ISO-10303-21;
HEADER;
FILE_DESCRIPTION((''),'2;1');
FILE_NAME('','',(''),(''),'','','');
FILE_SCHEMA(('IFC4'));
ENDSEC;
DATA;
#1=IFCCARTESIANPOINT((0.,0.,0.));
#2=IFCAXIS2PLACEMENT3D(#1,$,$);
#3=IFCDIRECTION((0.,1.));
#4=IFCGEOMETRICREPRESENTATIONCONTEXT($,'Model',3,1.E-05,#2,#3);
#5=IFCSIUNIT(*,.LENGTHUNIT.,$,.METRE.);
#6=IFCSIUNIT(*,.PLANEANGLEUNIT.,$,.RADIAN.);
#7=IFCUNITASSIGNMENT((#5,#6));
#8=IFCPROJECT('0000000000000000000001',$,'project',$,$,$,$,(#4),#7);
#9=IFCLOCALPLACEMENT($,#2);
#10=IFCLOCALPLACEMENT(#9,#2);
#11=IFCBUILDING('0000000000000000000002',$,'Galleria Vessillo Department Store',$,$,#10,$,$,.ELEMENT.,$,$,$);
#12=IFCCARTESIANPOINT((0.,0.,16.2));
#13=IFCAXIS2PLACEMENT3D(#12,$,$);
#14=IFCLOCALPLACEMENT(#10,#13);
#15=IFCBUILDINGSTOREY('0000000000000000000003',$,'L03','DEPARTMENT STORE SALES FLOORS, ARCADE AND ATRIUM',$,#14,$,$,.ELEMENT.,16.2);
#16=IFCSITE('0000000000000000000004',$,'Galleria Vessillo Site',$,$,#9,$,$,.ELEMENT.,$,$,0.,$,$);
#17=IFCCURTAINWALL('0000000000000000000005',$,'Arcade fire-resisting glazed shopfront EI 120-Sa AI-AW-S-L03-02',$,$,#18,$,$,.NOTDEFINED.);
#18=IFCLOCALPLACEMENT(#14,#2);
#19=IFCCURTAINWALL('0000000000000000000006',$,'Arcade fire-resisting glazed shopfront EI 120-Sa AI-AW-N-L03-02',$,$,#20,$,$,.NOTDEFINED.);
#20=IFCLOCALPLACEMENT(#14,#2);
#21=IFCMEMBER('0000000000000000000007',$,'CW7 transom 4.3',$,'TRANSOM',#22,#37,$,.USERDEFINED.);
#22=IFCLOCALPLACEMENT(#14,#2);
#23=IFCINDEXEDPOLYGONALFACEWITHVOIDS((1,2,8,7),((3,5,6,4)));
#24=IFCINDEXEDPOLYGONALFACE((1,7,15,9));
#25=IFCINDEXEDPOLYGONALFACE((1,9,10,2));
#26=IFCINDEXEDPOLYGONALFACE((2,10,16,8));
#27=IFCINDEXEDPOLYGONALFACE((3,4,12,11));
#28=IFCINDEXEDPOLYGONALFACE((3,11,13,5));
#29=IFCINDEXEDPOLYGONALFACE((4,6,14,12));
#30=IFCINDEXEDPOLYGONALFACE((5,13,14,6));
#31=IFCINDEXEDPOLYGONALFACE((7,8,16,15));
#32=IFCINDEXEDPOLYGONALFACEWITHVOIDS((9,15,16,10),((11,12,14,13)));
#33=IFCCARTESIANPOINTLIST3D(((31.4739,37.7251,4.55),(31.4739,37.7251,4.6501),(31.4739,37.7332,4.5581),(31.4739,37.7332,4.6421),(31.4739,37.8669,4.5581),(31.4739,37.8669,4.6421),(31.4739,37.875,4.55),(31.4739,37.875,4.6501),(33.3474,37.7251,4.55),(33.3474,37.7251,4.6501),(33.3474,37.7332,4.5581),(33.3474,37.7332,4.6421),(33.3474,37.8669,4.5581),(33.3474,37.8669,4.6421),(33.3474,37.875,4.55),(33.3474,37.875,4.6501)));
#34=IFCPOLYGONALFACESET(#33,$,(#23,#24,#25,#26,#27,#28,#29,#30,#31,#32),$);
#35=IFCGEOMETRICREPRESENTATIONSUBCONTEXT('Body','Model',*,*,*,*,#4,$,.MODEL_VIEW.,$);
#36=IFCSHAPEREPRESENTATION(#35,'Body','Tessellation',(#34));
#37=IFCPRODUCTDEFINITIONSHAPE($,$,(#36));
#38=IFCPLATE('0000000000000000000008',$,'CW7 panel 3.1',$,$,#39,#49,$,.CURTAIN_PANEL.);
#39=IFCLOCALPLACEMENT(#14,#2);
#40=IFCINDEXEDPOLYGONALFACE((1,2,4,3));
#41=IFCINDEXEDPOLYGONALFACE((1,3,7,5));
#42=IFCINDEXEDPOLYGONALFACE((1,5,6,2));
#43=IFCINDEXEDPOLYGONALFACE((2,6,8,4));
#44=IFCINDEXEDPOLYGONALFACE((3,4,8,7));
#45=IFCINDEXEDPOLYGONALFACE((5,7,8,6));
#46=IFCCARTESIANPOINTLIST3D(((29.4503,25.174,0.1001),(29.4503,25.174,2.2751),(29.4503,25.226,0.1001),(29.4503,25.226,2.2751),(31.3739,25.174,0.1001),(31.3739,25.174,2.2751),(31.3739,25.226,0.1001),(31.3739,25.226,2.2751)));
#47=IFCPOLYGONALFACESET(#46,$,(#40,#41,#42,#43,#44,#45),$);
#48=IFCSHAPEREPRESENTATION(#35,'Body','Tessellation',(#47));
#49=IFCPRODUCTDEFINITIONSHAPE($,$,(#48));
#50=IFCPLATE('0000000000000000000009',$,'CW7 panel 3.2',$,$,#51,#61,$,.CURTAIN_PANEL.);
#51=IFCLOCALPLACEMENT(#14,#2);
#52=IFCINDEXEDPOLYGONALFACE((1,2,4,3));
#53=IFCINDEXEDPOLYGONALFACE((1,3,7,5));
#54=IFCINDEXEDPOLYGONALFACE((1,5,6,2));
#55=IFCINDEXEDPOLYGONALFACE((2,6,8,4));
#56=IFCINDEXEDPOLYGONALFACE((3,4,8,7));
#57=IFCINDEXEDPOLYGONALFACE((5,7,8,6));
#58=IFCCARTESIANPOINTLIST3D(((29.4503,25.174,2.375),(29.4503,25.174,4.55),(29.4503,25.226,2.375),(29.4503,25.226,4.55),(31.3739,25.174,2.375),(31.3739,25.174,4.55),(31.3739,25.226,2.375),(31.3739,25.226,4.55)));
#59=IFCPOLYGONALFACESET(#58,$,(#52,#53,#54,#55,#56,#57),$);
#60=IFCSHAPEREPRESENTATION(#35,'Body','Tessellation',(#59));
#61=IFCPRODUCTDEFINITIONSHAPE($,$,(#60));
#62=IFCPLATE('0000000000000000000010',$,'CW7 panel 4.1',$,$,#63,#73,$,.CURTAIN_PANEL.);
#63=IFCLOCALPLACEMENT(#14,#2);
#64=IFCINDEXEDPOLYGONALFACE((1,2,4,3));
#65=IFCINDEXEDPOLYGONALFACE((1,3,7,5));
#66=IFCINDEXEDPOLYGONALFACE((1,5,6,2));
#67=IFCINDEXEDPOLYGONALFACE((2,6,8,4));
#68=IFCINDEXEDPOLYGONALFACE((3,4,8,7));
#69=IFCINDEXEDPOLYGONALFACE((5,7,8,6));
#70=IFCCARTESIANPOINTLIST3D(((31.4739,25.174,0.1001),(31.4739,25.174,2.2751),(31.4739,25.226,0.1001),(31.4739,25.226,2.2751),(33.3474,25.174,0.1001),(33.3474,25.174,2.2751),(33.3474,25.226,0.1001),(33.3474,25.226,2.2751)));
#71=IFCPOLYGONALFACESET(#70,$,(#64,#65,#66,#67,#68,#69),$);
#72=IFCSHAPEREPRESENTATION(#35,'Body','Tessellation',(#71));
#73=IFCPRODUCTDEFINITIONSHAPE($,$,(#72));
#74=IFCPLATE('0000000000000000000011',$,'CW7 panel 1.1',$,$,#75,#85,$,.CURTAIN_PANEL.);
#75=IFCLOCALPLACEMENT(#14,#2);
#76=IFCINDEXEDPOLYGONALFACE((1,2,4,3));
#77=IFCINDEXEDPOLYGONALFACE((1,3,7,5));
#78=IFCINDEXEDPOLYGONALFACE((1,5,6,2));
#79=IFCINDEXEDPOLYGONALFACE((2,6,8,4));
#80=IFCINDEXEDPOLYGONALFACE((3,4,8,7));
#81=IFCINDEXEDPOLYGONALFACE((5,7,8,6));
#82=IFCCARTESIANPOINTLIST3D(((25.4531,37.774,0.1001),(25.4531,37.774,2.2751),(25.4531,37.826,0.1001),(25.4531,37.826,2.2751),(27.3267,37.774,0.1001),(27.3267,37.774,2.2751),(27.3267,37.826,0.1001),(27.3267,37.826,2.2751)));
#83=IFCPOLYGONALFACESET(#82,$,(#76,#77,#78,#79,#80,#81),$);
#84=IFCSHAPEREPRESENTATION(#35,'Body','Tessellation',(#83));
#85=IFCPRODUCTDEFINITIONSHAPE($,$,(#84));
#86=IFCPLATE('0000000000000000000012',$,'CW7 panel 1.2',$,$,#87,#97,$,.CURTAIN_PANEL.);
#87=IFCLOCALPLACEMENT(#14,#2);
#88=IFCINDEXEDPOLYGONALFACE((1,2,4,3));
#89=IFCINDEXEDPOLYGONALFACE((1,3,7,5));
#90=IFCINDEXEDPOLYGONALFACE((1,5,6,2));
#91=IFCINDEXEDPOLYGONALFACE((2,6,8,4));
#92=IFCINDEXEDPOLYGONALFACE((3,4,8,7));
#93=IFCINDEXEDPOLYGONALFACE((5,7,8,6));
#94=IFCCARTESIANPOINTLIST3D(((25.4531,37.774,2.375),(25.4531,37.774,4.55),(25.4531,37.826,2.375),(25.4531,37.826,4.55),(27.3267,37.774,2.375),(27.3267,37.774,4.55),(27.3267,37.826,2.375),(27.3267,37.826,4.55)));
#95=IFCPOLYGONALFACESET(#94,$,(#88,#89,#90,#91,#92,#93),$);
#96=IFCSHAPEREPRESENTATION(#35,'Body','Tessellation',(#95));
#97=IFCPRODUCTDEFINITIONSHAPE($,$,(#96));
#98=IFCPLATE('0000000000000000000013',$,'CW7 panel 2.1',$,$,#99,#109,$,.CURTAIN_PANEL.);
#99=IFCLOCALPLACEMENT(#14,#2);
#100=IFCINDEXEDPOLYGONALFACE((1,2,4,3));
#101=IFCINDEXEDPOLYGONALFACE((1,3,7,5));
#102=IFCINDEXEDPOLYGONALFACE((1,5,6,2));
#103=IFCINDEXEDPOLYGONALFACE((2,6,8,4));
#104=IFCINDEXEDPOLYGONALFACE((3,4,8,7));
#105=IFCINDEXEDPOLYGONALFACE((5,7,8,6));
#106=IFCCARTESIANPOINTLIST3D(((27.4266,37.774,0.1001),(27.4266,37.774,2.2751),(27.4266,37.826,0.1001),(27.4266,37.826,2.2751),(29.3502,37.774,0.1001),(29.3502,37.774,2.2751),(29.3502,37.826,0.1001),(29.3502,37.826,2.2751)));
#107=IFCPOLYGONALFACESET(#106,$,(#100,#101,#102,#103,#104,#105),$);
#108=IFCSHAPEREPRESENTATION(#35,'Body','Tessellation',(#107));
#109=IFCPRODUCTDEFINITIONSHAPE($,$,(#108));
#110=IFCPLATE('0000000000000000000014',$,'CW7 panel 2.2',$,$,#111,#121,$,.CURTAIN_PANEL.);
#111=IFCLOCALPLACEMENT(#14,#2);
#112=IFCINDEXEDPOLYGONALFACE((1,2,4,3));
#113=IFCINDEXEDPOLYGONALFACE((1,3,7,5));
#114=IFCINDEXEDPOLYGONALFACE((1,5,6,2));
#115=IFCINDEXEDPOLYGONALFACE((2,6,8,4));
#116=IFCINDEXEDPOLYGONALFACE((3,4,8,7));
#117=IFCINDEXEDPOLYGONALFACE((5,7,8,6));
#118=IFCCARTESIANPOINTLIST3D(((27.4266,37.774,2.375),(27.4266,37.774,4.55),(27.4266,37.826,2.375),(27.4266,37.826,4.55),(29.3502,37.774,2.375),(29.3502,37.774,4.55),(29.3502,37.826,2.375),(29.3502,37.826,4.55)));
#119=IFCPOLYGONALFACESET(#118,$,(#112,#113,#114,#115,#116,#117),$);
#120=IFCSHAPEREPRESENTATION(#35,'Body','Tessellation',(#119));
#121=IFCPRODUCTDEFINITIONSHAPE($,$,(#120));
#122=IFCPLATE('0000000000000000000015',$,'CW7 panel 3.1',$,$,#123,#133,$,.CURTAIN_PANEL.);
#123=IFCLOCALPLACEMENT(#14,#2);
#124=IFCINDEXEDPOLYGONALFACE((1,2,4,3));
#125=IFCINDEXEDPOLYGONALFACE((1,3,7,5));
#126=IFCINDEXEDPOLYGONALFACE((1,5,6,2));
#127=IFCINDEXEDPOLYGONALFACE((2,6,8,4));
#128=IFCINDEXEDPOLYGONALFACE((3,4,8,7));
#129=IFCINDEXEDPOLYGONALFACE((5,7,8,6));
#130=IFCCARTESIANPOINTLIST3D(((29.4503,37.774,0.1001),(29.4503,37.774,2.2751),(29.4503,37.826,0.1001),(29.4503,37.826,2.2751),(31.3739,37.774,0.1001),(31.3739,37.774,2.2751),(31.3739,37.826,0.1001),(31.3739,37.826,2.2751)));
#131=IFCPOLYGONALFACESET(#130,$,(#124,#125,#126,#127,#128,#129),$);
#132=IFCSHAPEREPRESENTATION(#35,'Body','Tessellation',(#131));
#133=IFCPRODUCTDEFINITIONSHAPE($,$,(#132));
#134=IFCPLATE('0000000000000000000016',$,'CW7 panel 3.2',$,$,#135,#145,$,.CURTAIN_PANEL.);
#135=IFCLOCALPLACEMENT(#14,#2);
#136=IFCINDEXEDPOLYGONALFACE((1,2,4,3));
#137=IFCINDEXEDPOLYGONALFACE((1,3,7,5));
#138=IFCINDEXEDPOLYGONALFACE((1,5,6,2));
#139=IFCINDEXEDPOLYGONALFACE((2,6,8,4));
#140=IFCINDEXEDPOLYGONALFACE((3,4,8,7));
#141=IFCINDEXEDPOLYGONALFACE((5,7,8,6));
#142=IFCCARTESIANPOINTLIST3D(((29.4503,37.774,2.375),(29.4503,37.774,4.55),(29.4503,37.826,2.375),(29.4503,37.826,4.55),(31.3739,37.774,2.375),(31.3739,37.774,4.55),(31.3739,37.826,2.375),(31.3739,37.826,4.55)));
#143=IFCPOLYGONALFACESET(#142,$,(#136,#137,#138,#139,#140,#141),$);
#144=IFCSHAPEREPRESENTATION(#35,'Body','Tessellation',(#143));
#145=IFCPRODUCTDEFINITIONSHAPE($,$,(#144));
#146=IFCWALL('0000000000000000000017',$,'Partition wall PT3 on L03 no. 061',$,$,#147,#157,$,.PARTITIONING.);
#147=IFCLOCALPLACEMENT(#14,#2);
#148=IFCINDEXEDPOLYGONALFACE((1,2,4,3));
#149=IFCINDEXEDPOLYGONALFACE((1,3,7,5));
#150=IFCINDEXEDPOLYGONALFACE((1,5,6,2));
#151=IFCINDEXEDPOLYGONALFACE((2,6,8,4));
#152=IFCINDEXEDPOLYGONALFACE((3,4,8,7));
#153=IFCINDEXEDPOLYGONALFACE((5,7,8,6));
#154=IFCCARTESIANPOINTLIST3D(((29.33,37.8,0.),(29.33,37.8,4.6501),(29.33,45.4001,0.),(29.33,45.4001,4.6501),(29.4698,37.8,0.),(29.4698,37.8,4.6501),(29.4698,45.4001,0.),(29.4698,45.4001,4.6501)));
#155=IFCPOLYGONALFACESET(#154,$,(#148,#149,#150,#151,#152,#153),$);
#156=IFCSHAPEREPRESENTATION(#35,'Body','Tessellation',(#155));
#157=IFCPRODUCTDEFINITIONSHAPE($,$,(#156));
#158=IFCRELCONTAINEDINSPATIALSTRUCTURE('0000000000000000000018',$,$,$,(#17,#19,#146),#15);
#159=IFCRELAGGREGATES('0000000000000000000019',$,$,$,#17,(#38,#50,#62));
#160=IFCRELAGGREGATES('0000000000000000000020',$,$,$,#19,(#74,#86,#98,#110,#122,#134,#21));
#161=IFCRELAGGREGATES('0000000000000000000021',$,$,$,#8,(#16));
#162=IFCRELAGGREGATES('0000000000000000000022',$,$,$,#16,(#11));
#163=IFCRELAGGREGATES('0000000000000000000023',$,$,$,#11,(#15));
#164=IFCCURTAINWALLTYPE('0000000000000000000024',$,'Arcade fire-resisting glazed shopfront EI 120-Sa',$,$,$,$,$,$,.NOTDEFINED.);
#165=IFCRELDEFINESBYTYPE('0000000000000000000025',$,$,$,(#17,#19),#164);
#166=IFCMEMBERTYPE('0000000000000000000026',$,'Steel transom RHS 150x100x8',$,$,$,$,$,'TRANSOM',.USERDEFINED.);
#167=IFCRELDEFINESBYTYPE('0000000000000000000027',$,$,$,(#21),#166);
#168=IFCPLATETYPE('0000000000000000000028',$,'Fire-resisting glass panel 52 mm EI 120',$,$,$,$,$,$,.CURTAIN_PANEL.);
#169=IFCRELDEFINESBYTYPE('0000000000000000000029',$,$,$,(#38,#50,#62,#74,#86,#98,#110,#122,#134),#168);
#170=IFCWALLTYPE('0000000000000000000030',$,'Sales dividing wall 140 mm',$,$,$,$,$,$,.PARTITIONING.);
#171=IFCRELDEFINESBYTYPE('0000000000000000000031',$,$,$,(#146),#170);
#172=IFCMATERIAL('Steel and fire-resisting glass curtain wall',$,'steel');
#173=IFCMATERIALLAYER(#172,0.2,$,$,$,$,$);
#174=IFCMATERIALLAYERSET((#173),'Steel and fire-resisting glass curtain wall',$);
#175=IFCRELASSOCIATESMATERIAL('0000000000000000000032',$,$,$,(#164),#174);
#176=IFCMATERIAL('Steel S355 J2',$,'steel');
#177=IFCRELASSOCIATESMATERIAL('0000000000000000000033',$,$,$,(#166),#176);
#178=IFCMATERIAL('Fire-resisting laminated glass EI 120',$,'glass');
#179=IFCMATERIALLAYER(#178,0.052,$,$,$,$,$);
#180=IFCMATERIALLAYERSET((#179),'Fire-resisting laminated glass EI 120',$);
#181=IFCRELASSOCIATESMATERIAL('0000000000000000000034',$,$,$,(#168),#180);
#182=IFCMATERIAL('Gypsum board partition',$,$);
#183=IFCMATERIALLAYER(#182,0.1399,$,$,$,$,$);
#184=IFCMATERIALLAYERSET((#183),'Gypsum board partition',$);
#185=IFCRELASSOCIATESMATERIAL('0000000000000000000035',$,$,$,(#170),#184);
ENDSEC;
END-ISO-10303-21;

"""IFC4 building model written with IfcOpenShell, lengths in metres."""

from ifc_helpers import new_model, si_unit, direction, frame, frame_2d, origin, origin_2d, place, context, subcontext, project, spatial, rectangle, hollow_rectangle, extrude, material, layer, layer_set, material_profile, profile_set, type_object, element, aggregate, save


model = new_model("IFC4")

# Units and contexts
model_context = context("Model", 3, precision=1e-05, world=origin(), true_north=direction((0.0, 1.0)))
body_context = subcontext(model_context, "Body", "Model", "MODEL_VIEW")
ifc_project = project(units=[si_unit("LENGTHUNIT", "METRE"), si_unit("PLANEANGLEUNIT", "RADIAN")], contexts=[model_context])

# Site, building, storey
site_placement = place(None, origin())
site = spatial("IfcSite", under=ifc_project, at=site_placement, Name="Galleria Vessillo Site", CompositionType="ELEMENT", RefElevation=0.0)
building_placement = place(site_placement, origin())
building = spatial("IfcBuilding", under=site, at=building_placement, Name="Galleria Vessillo Department Store", CompositionType="ELEMENT")
storey_placement = place(building_placement, frame((0.0, 0.0, 16.2)))
storey = spatial("IfcBuildingStorey", under=building, at=storey_placement, Name="L03", Description="DEPARTMENT STORE SALES FLOORS, ARCADE AND ATRIUM", CompositionType="ELEMENT", Elevation=16.2)

# Curtain wall
ifc_material_1 = material(Name="Steel and fire-resisting glass curtain wall", Category="steel")
ifc_layer_1 = layer(ifc_material_1, 0.2)
ifc_layer_set_1 = layer_set([ifc_layer_1], Name="Steel and fire-resisting glass curtain wall")
curtain_wall_type = type_object("IfcCurtainWallType", Name="Arcade fire-resisting glazed shopfront EI 120-Sa", PredefinedType="NOTDEFINED", material=ifc_layer_set_1)
curtain_wall_1_placement = place(storey_placement, origin())
curtain_wall_1 = element("IfcCurtainWall", 1, at=curtain_wall_1_placement, inside=storey, type_object=curtain_wall_type, Name="Arcade fire-resisting glazed shopfront EI 120-Sa AI-AW-S-L03-02", PredefinedType="NOTDEFINED")

# Curtain wall
curtain_wall_2_placement = place(storey_placement, origin())
curtain_wall_2 = element("IfcCurtainWall", 2, at=curtain_wall_2_placement, inside=storey, type_object=curtain_wall_type, Name="Arcade fire-resisting glazed shopfront EI 120-Sa AI-AW-N-L03-02", PredefinedType="NOTDEFINED")

# Member
ifc_material_2 = material(Name="Steel S355 J2", Category="steel")
ifc_material_profile_1 = material_profile(ifc_material_2, hollow_rectangle(XDim=0.1499, YDim=0.1001, WallThickness=0.0081, at=origin_2d()), Name="RHS 150x100x8")
ifc_profile_set_1 = profile_set([ifc_material_profile_1], Name="Steel S355 J2")
member_type_1 = type_object("IfcMemberType", Name="Steel transom RHS 150x100x8", ElementType="TRANSOM", PredefinedType="USERDEFINED", material=ifc_profile_set_1)
member_1_placement = place(storey_placement, frame((31.4739, 37.8, 4.6001), z_axis=(1.0, 0.0, 0.0), x_axis=(0.0, 1.0, 0.0)))
member_1 = element("IfcMember", 3, at=member_1_placement, type_object=member_type_1, Name="CW7 transom 4.3", ObjectType="TRANSOM", PredefinedType="USERDEFINED", context=body_context, shape_type="SweptSolid", body=[
    extrude(hollow_rectangle(XDim=0.1499, YDim=0.1001, WallThickness=0.0081, at=origin_2d()), origin(), (0.0, 0.0, 1.0), 1.8735),
])

# Plates
ifc_material_3 = material(Name="Fire-resisting laminated glass EI 120", Category="glass")
ifc_layer_2 = layer(ifc_material_3, 0.052)
ifc_layer_set_2 = layer_set([ifc_layer_2], Name="Fire-resisting laminated glass EI 120")
plate_type = type_object("IfcPlateType", Name="Fire-resisting glass panel 52 mm EI 120", PredefinedType="CURTAIN_PANEL", material=ifc_layer_set_2)
plate_1_placement = place(storey_placement, frame((30.4121, 25.2, 0.1001), z_axis=(0.0, 0.0, 1.0), x_axis=(1.0, 0.0, 0.0)))
plate_1 = element("IfcPlate", 4, at=plate_1_placement, type_object=plate_type, Name="CW7 panel 3.1", PredefinedType="CURTAIN_PANEL", context=body_context, shape_type="SweptSolid", body=[
    extrude(rectangle(XDim=1.9236, YDim=0.052, at=origin_2d()), origin(), (0.0, 0.0, 1.0), 2.175),
])
plate_2_placement = place(storey_placement, frame((30.4121, 25.2, 2.375), z_axis=(0.0, 0.0, 1.0), x_axis=(1.0, 0.0, 0.0)))
plate_2 = element("IfcPlate", 5, at=plate_2_placement, type_object=plate_type, Name="CW7 panel 3.2", PredefinedType="CURTAIN_PANEL", context=body_context, shape_type="SweptSolid", body=[
    extrude(rectangle(XDim=1.9236, YDim=0.052, at=origin_2d()), origin(), (0.0, 0.0, 1.0), 2.175),
])
plate_3_placement = place(storey_placement, frame((32.4106, 25.2, 0.1001), z_axis=(0.0, 0.0, 1.0), x_axis=(1.0, 0.0, 0.0)))
plate_3 = element("IfcPlate", 6, at=plate_3_placement, type_object=plate_type, Name="CW7 panel 4.1", PredefinedType="CURTAIN_PANEL", context=body_context, shape_type="SweptSolid", body=[
    extrude(rectangle(XDim=1.8735, YDim=0.052, at=origin_2d()), origin(), (0.0, 0.0, 1.0), 2.175),
])
aggregate(curtain_wall_1, [plate_1, plate_2, plate_3])
plate_4_placement = place(storey_placement, frame((26.3899, 37.8, 0.1001), z_axis=(0.0, 0.0, 1.0), x_axis=(1.0, 0.0, 0.0)))
plate_4 = element("IfcPlate", 7, at=plate_4_placement, type_object=plate_type, Name="CW7 panel 1.1", PredefinedType="CURTAIN_PANEL", context=body_context, shape_type="SweptSolid", body=[
    extrude(rectangle(XDim=1.8735, YDim=0.052, at=origin_2d()), origin(), (0.0, 0.0, 1.0), 2.175),
])
plate_5_placement = place(storey_placement, frame((26.3899, 37.8, 2.375), z_axis=(0.0, 0.0, 1.0), x_axis=(1.0, 0.0, 0.0)))
plate_5 = element("IfcPlate", 8, at=plate_5_placement, type_object=plate_type, Name="CW7 panel 1.2", PredefinedType="CURTAIN_PANEL", context=body_context, shape_type="SweptSolid", body=[
    extrude(rectangle(XDim=1.8735, YDim=0.052, at=origin_2d()), origin(), (0.0, 0.0, 1.0), 2.175),
])
plate_6_placement = place(storey_placement, frame((28.3884, 37.8, 0.1001), z_axis=(0.0, 0.0, 1.0), x_axis=(1.0, 0.0, 0.0)))
plate_6 = element("IfcPlate", 9, at=plate_6_placement, type_object=plate_type, Name="CW7 panel 2.1", PredefinedType="CURTAIN_PANEL", context=body_context, shape_type="SweptSolid", body=[
    extrude(rectangle(XDim=1.9236, YDim=0.052, at=origin_2d()), origin(), (0.0, 0.0, 1.0), 2.175),
])
plate_7_placement = place(storey_placement, frame((28.3884, 37.8, 2.375), z_axis=(0.0, 0.0, 1.0), x_axis=(1.0, 0.0, 0.0)))
plate_7 = element("IfcPlate", 10, at=plate_7_placement, type_object=plate_type, Name="CW7 panel 2.2", PredefinedType="CURTAIN_PANEL", context=body_context, shape_type="SweptSolid", body=[
    extrude(rectangle(XDim=1.9236, YDim=0.052, at=origin_2d()), origin(), (0.0, 0.0, 1.0), 2.175),
])
plate_8_placement = place(storey_placement, frame((30.4121, 37.8, 0.1001), z_axis=(0.0, 0.0, 1.0), x_axis=(1.0, 0.0, 0.0)))
plate_8 = element("IfcPlate", 11, at=plate_8_placement, type_object=plate_type, Name="CW7 panel 3.1", PredefinedType="CURTAIN_PANEL", context=body_context, shape_type="SweptSolid", body=[
    extrude(rectangle(XDim=1.9236, YDim=0.052, at=origin_2d()), origin(), (0.0, 0.0, 1.0), 2.175),
])
plate_9_placement = place(storey_placement, frame((30.4121, 37.8, 2.375), z_axis=(0.0, 0.0, 1.0), x_axis=(1.0, 0.0, 0.0)))
plate_9 = element("IfcPlate", 12, at=plate_9_placement, type_object=plate_type, Name="CW7 panel 3.2", PredefinedType="CURTAIN_PANEL", context=body_context, shape_type="SweptSolid", body=[
    extrude(rectangle(XDim=1.9236, YDim=0.052, at=origin_2d()), origin(), (0.0, 0.0, 1.0), 2.175),
])
aggregate(curtain_wall_2, [plate_4, plate_5, plate_6, plate_7, plate_8, plate_9, member_1])

# Wall
ifc_material_4 = material(Name="Gypsum board partition")
ifc_layer_3 = layer(ifc_material_4, 0.1399)
ifc_layer_set_3 = layer_set([ifc_layer_3], Name="Gypsum board partition")
wall_type = type_object("IfcWallType", Name="Sales dividing wall 140 mm", PredefinedType="PARTITIONING", material=ifc_layer_set_3)
wall_placement = place(storey_placement, frame((29.3999, 37.8, 0.0), z_axis=(0.0, 0.0, 1.0), x_axis=(0.0, 1.0, 0.0)))
element("IfcWall", 13, at=wall_placement, inside=storey, type_object=wall_type, Name="Partition wall PT3 on L03 no. 061", PredefinedType="PARTITIONING", context=body_context, shape_type="SweptSolid", body=[
    extrude(rectangle(XDim=7.6001, YDim=0.1399, at=frame_2d((3.8, 0.0))), origin(), (0.0, 0.0, 1.0), 4.6501),
])

save(model, "model.ifc")
